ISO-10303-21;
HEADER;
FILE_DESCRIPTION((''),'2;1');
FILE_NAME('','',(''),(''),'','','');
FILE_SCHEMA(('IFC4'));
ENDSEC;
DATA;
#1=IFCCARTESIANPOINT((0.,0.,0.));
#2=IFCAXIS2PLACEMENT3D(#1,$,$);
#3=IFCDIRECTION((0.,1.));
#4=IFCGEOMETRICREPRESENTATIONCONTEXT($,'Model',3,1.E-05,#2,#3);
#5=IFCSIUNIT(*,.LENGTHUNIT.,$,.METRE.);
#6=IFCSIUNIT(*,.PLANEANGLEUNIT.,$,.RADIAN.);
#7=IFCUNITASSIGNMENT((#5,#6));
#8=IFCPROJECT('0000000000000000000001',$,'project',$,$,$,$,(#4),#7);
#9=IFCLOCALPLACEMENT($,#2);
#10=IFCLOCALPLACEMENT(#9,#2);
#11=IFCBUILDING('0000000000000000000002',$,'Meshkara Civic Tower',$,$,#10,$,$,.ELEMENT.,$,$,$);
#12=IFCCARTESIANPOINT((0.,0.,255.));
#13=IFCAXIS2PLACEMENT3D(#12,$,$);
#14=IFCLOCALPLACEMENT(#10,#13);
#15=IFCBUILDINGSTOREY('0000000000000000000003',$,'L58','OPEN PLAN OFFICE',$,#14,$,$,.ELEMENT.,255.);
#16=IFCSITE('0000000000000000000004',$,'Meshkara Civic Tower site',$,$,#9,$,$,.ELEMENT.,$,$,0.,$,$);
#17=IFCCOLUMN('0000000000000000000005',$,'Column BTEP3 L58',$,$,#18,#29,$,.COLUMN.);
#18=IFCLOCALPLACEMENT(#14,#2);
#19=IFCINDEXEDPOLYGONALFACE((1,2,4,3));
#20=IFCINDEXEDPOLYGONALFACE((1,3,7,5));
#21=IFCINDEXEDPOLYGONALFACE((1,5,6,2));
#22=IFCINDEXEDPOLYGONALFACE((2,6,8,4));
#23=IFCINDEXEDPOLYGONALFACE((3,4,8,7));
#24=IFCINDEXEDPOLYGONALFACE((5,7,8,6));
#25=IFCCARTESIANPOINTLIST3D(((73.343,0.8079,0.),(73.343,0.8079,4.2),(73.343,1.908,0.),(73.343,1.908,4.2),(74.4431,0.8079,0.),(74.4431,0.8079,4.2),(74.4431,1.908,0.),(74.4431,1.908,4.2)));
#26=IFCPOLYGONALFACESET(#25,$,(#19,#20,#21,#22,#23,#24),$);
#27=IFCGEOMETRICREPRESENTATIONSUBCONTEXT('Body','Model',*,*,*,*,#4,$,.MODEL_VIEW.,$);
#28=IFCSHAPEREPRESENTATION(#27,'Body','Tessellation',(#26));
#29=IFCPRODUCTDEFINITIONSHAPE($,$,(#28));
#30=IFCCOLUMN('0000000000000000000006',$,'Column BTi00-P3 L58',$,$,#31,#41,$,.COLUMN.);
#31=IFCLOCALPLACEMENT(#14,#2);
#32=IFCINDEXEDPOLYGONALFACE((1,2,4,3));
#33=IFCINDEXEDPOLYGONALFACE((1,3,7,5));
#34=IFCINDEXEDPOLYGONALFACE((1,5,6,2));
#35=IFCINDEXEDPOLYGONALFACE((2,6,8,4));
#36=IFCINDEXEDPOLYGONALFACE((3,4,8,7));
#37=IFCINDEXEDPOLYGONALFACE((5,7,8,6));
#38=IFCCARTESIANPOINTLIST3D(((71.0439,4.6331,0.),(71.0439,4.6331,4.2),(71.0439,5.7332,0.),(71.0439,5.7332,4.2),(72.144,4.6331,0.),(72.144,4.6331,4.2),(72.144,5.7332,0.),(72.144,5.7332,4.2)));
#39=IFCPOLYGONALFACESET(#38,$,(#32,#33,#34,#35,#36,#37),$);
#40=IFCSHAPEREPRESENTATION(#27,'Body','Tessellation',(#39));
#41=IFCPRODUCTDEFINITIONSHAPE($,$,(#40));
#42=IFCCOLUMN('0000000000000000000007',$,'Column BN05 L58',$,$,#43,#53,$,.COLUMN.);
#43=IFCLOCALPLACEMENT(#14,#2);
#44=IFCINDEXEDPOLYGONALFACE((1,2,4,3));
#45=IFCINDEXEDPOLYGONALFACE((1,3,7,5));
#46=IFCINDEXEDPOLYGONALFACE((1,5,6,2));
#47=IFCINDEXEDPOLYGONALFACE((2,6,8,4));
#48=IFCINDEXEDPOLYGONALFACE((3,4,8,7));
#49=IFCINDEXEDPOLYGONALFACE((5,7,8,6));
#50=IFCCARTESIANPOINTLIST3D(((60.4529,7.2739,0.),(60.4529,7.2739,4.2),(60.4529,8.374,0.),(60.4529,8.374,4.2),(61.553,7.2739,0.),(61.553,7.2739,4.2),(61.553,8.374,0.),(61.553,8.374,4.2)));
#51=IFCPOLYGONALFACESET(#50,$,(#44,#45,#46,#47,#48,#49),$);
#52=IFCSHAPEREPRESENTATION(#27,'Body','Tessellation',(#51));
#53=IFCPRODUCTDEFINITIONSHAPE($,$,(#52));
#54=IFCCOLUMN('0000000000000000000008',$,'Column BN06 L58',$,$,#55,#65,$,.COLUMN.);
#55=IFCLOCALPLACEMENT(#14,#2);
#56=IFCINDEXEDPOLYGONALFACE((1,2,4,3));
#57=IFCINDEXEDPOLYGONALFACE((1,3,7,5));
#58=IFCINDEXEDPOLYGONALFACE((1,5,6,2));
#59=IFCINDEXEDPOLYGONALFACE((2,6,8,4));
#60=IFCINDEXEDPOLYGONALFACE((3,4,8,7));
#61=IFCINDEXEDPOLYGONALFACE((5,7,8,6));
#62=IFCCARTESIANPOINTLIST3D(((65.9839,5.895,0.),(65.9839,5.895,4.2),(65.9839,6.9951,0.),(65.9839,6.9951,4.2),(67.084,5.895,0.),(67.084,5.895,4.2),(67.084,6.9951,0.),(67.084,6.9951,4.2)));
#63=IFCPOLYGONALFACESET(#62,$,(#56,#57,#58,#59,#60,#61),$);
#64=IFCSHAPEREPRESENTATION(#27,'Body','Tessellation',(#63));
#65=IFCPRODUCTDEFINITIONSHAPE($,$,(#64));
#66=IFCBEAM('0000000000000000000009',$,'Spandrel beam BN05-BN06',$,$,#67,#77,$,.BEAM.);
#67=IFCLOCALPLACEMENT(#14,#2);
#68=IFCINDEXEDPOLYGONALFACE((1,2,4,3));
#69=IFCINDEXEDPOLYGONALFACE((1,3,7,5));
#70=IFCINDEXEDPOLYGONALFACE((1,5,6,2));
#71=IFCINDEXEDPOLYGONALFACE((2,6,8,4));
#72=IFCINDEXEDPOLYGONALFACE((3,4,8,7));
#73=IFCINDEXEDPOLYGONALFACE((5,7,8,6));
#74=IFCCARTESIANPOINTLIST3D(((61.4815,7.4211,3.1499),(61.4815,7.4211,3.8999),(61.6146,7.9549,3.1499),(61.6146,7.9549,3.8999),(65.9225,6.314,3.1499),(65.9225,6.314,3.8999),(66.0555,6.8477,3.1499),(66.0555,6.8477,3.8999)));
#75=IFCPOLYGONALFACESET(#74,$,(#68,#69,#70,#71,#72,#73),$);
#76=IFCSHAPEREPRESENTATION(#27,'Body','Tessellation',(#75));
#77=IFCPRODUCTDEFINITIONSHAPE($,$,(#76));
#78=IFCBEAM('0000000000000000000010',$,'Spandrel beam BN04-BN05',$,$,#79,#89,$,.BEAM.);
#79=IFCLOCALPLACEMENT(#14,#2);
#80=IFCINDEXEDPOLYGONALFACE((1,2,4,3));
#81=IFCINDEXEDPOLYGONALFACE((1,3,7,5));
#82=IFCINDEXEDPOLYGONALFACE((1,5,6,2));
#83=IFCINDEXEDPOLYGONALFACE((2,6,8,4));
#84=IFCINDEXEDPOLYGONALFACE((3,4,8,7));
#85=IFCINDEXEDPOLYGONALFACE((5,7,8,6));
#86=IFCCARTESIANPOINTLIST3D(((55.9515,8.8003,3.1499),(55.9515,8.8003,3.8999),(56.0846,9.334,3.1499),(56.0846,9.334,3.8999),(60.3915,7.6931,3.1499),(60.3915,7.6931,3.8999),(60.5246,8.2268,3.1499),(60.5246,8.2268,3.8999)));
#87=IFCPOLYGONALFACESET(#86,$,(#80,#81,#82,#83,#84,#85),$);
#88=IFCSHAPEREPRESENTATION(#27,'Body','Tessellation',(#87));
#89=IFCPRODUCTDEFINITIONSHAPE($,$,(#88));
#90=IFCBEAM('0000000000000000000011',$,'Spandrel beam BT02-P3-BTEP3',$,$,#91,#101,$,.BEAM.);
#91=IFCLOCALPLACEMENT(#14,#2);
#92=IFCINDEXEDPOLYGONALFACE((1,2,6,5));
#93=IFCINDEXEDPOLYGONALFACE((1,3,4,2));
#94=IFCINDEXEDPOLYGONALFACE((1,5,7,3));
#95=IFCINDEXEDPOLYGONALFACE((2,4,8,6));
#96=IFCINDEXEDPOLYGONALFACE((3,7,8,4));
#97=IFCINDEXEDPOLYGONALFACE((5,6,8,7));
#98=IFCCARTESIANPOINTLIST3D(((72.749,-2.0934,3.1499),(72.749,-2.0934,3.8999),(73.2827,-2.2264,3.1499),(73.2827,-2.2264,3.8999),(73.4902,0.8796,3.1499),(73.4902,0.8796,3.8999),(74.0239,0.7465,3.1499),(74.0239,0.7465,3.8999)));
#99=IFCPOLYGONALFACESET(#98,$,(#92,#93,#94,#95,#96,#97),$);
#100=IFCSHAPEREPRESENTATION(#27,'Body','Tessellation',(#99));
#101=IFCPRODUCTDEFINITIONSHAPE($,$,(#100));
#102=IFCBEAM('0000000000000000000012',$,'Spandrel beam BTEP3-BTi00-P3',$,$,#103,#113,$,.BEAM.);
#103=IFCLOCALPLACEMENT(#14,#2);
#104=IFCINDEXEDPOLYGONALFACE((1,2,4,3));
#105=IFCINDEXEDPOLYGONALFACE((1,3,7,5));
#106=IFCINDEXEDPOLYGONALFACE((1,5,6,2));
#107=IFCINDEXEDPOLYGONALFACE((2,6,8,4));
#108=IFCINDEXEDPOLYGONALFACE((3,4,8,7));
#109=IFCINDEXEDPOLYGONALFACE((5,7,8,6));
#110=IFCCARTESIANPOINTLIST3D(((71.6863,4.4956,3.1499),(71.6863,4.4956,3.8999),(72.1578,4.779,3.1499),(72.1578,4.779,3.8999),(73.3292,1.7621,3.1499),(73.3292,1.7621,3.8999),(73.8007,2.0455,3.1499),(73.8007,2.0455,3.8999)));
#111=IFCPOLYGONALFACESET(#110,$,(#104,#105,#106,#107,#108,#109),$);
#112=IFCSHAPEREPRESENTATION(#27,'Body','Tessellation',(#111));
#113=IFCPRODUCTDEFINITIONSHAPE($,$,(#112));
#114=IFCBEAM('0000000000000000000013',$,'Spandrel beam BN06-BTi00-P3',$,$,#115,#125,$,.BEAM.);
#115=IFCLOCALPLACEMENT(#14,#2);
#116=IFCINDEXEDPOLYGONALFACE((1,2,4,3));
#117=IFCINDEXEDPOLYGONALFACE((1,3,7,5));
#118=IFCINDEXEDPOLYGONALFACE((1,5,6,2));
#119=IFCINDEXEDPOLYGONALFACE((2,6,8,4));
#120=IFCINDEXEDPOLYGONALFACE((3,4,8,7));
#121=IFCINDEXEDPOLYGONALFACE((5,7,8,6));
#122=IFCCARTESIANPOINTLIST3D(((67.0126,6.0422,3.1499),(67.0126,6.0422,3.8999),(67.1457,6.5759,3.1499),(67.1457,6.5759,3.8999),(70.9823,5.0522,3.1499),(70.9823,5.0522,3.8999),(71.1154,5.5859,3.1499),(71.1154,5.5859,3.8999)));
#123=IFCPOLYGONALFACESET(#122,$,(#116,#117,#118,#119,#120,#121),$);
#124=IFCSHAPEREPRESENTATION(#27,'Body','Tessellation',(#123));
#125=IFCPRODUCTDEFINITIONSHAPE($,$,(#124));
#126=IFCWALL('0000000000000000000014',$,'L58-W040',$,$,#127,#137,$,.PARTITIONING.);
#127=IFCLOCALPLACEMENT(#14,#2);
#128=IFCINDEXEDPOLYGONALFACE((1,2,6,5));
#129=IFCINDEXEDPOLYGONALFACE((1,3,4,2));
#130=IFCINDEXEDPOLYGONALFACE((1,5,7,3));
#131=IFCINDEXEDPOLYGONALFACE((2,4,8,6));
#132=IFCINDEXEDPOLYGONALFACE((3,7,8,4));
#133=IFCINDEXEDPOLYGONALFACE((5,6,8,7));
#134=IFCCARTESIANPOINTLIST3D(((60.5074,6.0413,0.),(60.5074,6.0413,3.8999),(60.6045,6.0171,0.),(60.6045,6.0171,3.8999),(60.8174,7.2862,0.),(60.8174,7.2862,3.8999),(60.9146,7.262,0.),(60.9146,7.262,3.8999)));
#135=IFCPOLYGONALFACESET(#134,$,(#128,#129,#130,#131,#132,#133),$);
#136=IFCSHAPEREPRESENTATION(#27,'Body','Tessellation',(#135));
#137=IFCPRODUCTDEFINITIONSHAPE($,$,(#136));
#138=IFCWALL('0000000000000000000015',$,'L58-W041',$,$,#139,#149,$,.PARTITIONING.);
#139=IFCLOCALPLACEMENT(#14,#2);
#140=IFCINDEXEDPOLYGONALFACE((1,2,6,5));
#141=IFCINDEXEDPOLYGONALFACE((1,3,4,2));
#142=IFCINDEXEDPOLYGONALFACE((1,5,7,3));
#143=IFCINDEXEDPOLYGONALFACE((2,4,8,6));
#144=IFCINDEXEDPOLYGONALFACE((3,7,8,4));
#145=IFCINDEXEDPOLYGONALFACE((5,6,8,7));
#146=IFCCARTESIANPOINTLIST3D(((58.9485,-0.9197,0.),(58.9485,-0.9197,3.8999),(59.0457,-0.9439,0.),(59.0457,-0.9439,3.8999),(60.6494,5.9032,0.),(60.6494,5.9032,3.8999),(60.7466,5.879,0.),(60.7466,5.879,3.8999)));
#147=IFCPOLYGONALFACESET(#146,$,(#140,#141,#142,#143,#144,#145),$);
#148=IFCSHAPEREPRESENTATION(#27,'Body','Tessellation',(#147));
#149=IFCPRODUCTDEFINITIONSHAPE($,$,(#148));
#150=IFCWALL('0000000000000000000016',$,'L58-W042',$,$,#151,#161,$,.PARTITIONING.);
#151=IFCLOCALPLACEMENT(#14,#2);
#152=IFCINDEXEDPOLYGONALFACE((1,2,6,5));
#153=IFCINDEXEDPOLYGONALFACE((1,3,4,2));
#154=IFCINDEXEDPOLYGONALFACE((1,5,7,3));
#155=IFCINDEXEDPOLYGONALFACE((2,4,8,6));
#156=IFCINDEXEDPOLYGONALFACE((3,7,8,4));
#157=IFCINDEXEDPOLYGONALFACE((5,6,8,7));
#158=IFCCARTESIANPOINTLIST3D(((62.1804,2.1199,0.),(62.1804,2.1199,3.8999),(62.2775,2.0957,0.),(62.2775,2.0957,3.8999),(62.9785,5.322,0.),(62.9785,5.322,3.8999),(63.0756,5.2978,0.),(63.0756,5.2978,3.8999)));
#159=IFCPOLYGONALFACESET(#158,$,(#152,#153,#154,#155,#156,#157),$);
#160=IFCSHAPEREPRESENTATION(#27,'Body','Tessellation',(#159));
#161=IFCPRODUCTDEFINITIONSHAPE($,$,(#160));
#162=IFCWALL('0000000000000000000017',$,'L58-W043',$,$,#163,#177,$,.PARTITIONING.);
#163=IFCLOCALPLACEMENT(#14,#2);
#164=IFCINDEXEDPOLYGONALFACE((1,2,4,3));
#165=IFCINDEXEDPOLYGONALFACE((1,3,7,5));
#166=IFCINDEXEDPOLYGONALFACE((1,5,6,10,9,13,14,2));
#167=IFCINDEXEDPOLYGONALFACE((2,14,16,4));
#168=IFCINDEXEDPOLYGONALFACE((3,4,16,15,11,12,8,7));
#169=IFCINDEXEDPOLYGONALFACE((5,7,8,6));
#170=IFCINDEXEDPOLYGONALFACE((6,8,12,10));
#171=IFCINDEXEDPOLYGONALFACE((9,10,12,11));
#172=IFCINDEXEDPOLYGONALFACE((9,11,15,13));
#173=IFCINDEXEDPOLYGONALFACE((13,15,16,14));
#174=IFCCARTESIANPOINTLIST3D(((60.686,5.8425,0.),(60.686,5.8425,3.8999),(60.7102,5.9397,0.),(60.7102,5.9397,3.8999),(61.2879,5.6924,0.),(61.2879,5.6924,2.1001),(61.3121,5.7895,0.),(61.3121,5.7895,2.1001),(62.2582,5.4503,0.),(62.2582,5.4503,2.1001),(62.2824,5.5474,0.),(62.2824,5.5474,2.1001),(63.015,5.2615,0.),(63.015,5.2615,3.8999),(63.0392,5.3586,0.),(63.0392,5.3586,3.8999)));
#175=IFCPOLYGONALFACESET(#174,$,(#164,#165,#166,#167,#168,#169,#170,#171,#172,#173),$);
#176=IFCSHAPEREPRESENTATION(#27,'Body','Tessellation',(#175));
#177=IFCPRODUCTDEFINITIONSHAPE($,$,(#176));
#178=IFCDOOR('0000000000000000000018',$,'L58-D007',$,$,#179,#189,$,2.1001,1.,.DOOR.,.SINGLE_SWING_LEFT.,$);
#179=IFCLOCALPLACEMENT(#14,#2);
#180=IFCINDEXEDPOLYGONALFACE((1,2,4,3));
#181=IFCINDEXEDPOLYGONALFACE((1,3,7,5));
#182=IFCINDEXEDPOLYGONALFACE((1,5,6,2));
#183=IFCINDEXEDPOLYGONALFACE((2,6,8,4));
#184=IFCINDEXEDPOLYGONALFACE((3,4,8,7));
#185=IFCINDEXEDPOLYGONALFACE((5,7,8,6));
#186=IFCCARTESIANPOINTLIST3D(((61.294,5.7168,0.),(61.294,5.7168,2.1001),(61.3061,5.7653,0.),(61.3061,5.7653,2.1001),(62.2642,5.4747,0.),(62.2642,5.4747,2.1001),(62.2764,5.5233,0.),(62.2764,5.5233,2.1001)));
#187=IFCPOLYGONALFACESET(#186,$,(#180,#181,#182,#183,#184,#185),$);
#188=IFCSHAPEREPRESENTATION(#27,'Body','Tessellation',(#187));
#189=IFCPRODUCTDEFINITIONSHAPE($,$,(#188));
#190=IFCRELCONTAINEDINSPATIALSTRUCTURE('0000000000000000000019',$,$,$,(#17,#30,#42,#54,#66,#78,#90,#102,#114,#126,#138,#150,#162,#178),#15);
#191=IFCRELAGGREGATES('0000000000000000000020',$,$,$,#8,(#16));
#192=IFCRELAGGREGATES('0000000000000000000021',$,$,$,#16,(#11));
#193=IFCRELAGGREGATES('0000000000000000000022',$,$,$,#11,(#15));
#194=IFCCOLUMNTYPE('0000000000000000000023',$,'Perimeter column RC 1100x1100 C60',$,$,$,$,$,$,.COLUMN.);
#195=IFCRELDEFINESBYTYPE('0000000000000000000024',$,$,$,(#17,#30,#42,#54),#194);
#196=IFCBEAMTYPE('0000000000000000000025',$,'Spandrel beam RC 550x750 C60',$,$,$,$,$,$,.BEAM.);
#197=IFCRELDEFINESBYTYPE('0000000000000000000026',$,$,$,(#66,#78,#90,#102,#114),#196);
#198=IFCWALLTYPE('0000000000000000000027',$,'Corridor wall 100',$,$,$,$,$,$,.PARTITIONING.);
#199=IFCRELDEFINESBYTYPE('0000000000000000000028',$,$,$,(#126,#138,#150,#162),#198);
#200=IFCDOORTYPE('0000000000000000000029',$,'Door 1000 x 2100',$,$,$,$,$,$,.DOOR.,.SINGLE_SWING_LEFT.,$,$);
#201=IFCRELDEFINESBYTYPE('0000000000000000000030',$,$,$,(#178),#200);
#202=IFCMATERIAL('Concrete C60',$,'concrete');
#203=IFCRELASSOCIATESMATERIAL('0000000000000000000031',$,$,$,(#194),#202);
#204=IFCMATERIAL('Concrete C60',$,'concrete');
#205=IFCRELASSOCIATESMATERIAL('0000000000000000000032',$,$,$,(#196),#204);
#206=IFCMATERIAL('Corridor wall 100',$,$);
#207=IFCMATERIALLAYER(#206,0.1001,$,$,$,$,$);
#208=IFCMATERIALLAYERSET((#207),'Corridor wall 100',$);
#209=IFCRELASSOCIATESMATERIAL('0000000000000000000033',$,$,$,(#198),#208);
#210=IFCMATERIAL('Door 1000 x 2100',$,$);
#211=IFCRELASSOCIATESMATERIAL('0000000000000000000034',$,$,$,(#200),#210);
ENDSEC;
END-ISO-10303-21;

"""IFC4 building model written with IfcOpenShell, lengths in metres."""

from ifc_helpers import new_model, si_unit, direction, frame, frame_2d, origin, origin_2d, place, context, subcontext, project, spatial, rectangle, extrude, material, layer, layer_set, material_profile, profile_set, type_object, element, fill, save


model = new_model("IFC4")

# Units and contexts
model_context = context("Model", 3, precision=1e-05, world=origin(), true_north=direction((0.0, 1.0)))
body_context = subcontext(model_context, "Body", "Model", "MODEL_VIEW")
ifc_project = project(units=[si_unit("LENGTHUNIT", "METRE"), si_unit("PLANEANGLEUNIT", "RADIAN")], contexts=[model_context])

# Site, building, storey
site_placement = place(None, origin())
site = spatial("IfcSite", under=ifc_project, at=site_placement, Name="Meshkara Civic Tower site", CompositionType="ELEMENT", RefElevation=0.0)
building_placement = place(site_placement, origin())
building = spatial("IfcBuilding", under=site, at=building_placement, Name="Meshkara Civic Tower", CompositionType="ELEMENT")
storey_placement = place(building_placement, frame((0.0, 0.0, 255.0)))
storey = spatial("IfcBuildingStorey", under=building, at=storey_placement, Name="L58", Description="OPEN PLAN OFFICE", CompositionType="ELEMENT", Elevation=255.0)

# Columns
ifc_material_1 = material(Name="Concrete C60", Category="concrete")
ifc_material_profile_1 = material_profile(ifc_material_1, rectangle(XDim=1.1001, YDim=1.1001, at=origin_2d()))
ifc_profile_set_1 = profile_set([ifc_material_profile_1], Name="Concrete C60")
column_type = type_object("IfcColumnType", Name="Perimeter column RC 1100x1100 C60", PredefinedType="COLUMN", material=ifc_profile_set_1)
for number, where, z_axis, x_axis, name in (
    (1, (73.8931, 1.3579, 0.0), (0.0, 0.0, 1.0), (1.0, 0.0, 0.0), "Column BTEP3 L58"),
    (2, (71.594, 5.1831, 0.0), (0.0, 0.0, 1.0), (1.0, 0.0, 0.0), "Column BTi00-P3 L58"),
    (3, (61.0029, 7.824, 0.0), (0.0, 0.0, 1.0), (1.0, 0.0, 0.0), "Column BN05 L58"),
    (4, (66.5339, 6.4451, 0.0), (0.0, 0.0, 1.0), (1.0, 0.0, 0.0), "Column BN06 L58"),
):
    element("IfcColumn", number, at=place(storey_placement, frame(where, z_axis=z_axis, x_axis=x_axis)), inside=storey, type_object=column_type, Name=name, PredefinedType="COLUMN", context=body_context, shape_type="SweptSolid", body=[
        extrude(rectangle(XDim=1.1001, YDim=1.1001, at=origin_2d()), origin(), (0.0, 0.0, 1.0), 4.2),
    ])

# Beams
ifc_material_2 = material(Name="Concrete C60", Category="concrete")
ifc_material_profile_2 = material_profile(ifc_material_2, rectangle(XDim=0.55, YDim=0.75, at=origin_2d()))
ifc_profile_set_2 = profile_set([ifc_material_profile_2], Name="Concrete C60")
beam_type = type_object("IfcBeamType", Name="Spandrel beam RC 550x750 C60", PredefinedType="BEAM", material=ifc_profile_set_2)
beam_1_placement = place(storey_placement, frame((65.989, 6.5808, 3.5249), z_axis=(-0.970299, 0.241908, 0.0), x_axis=(-0.241908, -0.970299, 0.0)))
element("IfcBeam", 5, at=beam_1_placement, inside=storey, type_object=beam_type, Name="Spandrel beam BN05-BN06", PredefinedType="BEAM", context=body_context, shape_type="SweptSolid", body=[
    extrude(rectangle(XDim=0.55, YDim=0.75, at=origin_2d()), origin(), (0.0, 0.0, 1.0), 4.5769),
])
beam_2_placement = place(storey_placement, frame((60.458, 7.96, 3.5249), z_axis=(-0.970287, 0.241958, 0.0), x_axis=(-0.241958, -0.970287, 0.0)))
element("IfcBeam", 6, at=beam_2_placement, inside=storey, type_object=beam_type, Name="Spandrel beam BN04-BN05", PredefinedType="BEAM", context=body_context, shape_type="SweptSolid", body=[
    extrude(rectangle(XDim=0.55, YDim=0.75, at=origin_2d()), origin(), (0.0, 0.0, 1.0), 4.5759),
])
beam_3_placement = place(storey_placement, frame((73.0159, -2.1599, 3.5249), z_axis=(0.241917, 0.970297, 0.0), x_axis=(-0.970297, 0.241917, 0.0)))
element("IfcBeam", 7, at=beam_3_placement, inside=storey, type_object=beam_type, Name="Spandrel beam BT02-P3-BTEP3", PredefinedType="BEAM", context=body_context, shape_type="SweptSolid", body=[
    extrude(rectangle(XDim=0.55, YDim=0.75, at=origin_2d()), origin(), (0.0, 0.0, 1.0), 3.064),
])
beam_4_placement = place(storey_placement, frame((73.5649, 1.9038, 3.5249), z_axis=(-0.515137, 0.857108, 0.0), x_axis=(-0.857108, -0.515137, 0.0)))
element("IfcBeam", 8, at=beam_4_placement, inside=storey, type_object=beam_type, Name="Spandrel beam BTEP3-BTi00-P3", PredefinedType="BEAM", context=body_context, shape_type="SweptSolid", body=[
    extrude(rectangle(XDim=0.55, YDim=0.75, at=origin_2d()), origin(), (0.0, 0.0, 1.0), 3.1892),
])
beam_5_placement = place(storey_placement, frame((71.0488, 5.3191, 3.5249), z_axis=(-0.970283, 0.241974, 0.0), x_axis=(-0.241974, -0.970283, 0.0)))
element("IfcBeam", 9, at=beam_5_placement, inside=storey, type_object=beam_type, Name="Spandrel beam BN06-BTi00-P3", PredefinedType="BEAM", context=body_context, shape_type="SweptSolid", body=[
    extrude(rectangle(XDim=0.55, YDim=0.75, at=origin_2d()), origin(), (0.0, 0.0, 1.0), 4.0913),
])

# Walls
ifc_material_3 = material(Name="Corridor wall 100")
ifc_layer_1 = layer(ifc_material_3, 0.1001)
ifc_layer_set_1 = layer_set([ifc_layer_1], Name="Corridor wall 100")
wall_type_1 = type_object("IfcWallType", Name="Corridor wall 100", PredefinedType="PARTITIONING", material=ifc_layer_set_1)
wall_1_placement = place(storey_placement, frame((60.5559, 6.0291, 0.0), z_axis=(0.0, 0.0, 1.0), x_axis=(0.241685, 0.970355, 0.0)))
element("IfcWall", 10, at=wall_1_placement, inside=storey, type_object=wall_type_1, Name="L58-W040", PredefinedType="PARTITIONING", context=body_context, shape_type="SweptSolid", body=[
    extrude(rectangle(XDim=1.283, YDim=0.1001, at=frame_2d((0.6416, 0.0))), origin(), (0.0, 0.0, 1.0), 3.8999),
])
wall_2_placement = place(storey_placement, frame((60.698, 5.8911, 0.0), z_axis=(0.0, 0.0, 1.0), x_axis=(-0.24189, -0.970304, 0.0)))
element("IfcWall", 11, at=wall_2_placement, inside=storey, type_object=wall_type_1, Name="L58-W041", PredefinedType="PARTITIONING", context=body_context, shape_type="SweptSolid", body=[
    extrude(rectangle(XDim=7.0317, YDim=0.1001, at=frame_2d((3.5159, 0.0))), origin(), (0.0, 0.0, 1.0), 3.8999),
])
wall_3_placement = place(storey_placement, frame((62.229, 2.1079, 0.0), z_axis=(0.0, 0.0, 1.0), x_axis=(0.241839, 0.970316, 0.0)))
element("IfcWall", 12, at=wall_3_placement, inside=storey, type_object=wall_type_1, Name="L58-W042", PredefinedType="PARTITIONING", context=body_context, shape_type="SweptSolid", body=[
    extrude(rectangle(XDim=3.3, YDim=0.1001, at=frame_2d((1.6499, 0.0))), origin(), (0.0, 0.0, 1.0), 3.8999),
])

# Wall, opening, door
wall_4_placement = place(storey_placement, frame((63.0271, 5.3101, 0.0), z_axis=(0.0, 0.0, 1.0), x_axis=(-0.970262, 0.242057, 0.0)))
wall_4 = element("IfcWall", 13, at=wall_4_placement, inside=storey, type_object=wall_type_1, Name="L58-W043", PredefinedType="PARTITIONING", context=body_context, shape_type="SweptSolid", body=[
    extrude(rectangle(XDim=2.4004, YDim=0.1001, at=frame_2d((1.2002, 0.0))), origin(), (0.0, 0.0, 1.0), 3.8999),
])
opening_1_placement = place(wall_4_placement, frame((0.78, 0.0, 0.0)))
opening_1 = element("IfcOpeningElement", 14, at=opening_1_placement, cuts=wall_4, PredefinedType="OPENING", context=body_context, shape_type="SweptSolid", body=[
    extrude(rectangle(XDim=1.0, YDim=2.1001, at=frame_2d((0.5, 1.05))), frame((0.0, 0.0601, 0.0), z_axis=(0.0, -1.0, 0.0), x_axis=(1.0, 0.0, 0.0)), (0.0, 0.0, 1.0), 0.1201),
])
ifc_material_4 = material(Name="Door 1000 x 2100")
door_type = type_object("IfcDoorType", Name="Door 1000 x 2100", OperationType="SINGLE_SWING_LEFT", PredefinedType="DOOR", material=ifc_material_4)
door_placement = place(opening_1_placement, origin())
door = element("IfcDoor", 15, at=door_placement, inside=storey, type_object=door_type, Name="L58-D007", OperationType="SINGLE_SWING_LEFT", OverallHeight=2.1001, OverallWidth=1.0, PredefinedType="DOOR", context=body_context, shape_type="SweptSolid", body=[
    extrude(rectangle(XDim=1.0, YDim=2.1001, at=frame_2d((0.5, 1.05))), frame((0.0, 0.0249, 0.0), z_axis=(0.0, -1.0, 0.0), x_axis=(1.0, 0.0, 0.0)), (0.0, 0.0, 1.0), 0.05),
])
fill(opening_1, door)

save(model, "model.ifc")
